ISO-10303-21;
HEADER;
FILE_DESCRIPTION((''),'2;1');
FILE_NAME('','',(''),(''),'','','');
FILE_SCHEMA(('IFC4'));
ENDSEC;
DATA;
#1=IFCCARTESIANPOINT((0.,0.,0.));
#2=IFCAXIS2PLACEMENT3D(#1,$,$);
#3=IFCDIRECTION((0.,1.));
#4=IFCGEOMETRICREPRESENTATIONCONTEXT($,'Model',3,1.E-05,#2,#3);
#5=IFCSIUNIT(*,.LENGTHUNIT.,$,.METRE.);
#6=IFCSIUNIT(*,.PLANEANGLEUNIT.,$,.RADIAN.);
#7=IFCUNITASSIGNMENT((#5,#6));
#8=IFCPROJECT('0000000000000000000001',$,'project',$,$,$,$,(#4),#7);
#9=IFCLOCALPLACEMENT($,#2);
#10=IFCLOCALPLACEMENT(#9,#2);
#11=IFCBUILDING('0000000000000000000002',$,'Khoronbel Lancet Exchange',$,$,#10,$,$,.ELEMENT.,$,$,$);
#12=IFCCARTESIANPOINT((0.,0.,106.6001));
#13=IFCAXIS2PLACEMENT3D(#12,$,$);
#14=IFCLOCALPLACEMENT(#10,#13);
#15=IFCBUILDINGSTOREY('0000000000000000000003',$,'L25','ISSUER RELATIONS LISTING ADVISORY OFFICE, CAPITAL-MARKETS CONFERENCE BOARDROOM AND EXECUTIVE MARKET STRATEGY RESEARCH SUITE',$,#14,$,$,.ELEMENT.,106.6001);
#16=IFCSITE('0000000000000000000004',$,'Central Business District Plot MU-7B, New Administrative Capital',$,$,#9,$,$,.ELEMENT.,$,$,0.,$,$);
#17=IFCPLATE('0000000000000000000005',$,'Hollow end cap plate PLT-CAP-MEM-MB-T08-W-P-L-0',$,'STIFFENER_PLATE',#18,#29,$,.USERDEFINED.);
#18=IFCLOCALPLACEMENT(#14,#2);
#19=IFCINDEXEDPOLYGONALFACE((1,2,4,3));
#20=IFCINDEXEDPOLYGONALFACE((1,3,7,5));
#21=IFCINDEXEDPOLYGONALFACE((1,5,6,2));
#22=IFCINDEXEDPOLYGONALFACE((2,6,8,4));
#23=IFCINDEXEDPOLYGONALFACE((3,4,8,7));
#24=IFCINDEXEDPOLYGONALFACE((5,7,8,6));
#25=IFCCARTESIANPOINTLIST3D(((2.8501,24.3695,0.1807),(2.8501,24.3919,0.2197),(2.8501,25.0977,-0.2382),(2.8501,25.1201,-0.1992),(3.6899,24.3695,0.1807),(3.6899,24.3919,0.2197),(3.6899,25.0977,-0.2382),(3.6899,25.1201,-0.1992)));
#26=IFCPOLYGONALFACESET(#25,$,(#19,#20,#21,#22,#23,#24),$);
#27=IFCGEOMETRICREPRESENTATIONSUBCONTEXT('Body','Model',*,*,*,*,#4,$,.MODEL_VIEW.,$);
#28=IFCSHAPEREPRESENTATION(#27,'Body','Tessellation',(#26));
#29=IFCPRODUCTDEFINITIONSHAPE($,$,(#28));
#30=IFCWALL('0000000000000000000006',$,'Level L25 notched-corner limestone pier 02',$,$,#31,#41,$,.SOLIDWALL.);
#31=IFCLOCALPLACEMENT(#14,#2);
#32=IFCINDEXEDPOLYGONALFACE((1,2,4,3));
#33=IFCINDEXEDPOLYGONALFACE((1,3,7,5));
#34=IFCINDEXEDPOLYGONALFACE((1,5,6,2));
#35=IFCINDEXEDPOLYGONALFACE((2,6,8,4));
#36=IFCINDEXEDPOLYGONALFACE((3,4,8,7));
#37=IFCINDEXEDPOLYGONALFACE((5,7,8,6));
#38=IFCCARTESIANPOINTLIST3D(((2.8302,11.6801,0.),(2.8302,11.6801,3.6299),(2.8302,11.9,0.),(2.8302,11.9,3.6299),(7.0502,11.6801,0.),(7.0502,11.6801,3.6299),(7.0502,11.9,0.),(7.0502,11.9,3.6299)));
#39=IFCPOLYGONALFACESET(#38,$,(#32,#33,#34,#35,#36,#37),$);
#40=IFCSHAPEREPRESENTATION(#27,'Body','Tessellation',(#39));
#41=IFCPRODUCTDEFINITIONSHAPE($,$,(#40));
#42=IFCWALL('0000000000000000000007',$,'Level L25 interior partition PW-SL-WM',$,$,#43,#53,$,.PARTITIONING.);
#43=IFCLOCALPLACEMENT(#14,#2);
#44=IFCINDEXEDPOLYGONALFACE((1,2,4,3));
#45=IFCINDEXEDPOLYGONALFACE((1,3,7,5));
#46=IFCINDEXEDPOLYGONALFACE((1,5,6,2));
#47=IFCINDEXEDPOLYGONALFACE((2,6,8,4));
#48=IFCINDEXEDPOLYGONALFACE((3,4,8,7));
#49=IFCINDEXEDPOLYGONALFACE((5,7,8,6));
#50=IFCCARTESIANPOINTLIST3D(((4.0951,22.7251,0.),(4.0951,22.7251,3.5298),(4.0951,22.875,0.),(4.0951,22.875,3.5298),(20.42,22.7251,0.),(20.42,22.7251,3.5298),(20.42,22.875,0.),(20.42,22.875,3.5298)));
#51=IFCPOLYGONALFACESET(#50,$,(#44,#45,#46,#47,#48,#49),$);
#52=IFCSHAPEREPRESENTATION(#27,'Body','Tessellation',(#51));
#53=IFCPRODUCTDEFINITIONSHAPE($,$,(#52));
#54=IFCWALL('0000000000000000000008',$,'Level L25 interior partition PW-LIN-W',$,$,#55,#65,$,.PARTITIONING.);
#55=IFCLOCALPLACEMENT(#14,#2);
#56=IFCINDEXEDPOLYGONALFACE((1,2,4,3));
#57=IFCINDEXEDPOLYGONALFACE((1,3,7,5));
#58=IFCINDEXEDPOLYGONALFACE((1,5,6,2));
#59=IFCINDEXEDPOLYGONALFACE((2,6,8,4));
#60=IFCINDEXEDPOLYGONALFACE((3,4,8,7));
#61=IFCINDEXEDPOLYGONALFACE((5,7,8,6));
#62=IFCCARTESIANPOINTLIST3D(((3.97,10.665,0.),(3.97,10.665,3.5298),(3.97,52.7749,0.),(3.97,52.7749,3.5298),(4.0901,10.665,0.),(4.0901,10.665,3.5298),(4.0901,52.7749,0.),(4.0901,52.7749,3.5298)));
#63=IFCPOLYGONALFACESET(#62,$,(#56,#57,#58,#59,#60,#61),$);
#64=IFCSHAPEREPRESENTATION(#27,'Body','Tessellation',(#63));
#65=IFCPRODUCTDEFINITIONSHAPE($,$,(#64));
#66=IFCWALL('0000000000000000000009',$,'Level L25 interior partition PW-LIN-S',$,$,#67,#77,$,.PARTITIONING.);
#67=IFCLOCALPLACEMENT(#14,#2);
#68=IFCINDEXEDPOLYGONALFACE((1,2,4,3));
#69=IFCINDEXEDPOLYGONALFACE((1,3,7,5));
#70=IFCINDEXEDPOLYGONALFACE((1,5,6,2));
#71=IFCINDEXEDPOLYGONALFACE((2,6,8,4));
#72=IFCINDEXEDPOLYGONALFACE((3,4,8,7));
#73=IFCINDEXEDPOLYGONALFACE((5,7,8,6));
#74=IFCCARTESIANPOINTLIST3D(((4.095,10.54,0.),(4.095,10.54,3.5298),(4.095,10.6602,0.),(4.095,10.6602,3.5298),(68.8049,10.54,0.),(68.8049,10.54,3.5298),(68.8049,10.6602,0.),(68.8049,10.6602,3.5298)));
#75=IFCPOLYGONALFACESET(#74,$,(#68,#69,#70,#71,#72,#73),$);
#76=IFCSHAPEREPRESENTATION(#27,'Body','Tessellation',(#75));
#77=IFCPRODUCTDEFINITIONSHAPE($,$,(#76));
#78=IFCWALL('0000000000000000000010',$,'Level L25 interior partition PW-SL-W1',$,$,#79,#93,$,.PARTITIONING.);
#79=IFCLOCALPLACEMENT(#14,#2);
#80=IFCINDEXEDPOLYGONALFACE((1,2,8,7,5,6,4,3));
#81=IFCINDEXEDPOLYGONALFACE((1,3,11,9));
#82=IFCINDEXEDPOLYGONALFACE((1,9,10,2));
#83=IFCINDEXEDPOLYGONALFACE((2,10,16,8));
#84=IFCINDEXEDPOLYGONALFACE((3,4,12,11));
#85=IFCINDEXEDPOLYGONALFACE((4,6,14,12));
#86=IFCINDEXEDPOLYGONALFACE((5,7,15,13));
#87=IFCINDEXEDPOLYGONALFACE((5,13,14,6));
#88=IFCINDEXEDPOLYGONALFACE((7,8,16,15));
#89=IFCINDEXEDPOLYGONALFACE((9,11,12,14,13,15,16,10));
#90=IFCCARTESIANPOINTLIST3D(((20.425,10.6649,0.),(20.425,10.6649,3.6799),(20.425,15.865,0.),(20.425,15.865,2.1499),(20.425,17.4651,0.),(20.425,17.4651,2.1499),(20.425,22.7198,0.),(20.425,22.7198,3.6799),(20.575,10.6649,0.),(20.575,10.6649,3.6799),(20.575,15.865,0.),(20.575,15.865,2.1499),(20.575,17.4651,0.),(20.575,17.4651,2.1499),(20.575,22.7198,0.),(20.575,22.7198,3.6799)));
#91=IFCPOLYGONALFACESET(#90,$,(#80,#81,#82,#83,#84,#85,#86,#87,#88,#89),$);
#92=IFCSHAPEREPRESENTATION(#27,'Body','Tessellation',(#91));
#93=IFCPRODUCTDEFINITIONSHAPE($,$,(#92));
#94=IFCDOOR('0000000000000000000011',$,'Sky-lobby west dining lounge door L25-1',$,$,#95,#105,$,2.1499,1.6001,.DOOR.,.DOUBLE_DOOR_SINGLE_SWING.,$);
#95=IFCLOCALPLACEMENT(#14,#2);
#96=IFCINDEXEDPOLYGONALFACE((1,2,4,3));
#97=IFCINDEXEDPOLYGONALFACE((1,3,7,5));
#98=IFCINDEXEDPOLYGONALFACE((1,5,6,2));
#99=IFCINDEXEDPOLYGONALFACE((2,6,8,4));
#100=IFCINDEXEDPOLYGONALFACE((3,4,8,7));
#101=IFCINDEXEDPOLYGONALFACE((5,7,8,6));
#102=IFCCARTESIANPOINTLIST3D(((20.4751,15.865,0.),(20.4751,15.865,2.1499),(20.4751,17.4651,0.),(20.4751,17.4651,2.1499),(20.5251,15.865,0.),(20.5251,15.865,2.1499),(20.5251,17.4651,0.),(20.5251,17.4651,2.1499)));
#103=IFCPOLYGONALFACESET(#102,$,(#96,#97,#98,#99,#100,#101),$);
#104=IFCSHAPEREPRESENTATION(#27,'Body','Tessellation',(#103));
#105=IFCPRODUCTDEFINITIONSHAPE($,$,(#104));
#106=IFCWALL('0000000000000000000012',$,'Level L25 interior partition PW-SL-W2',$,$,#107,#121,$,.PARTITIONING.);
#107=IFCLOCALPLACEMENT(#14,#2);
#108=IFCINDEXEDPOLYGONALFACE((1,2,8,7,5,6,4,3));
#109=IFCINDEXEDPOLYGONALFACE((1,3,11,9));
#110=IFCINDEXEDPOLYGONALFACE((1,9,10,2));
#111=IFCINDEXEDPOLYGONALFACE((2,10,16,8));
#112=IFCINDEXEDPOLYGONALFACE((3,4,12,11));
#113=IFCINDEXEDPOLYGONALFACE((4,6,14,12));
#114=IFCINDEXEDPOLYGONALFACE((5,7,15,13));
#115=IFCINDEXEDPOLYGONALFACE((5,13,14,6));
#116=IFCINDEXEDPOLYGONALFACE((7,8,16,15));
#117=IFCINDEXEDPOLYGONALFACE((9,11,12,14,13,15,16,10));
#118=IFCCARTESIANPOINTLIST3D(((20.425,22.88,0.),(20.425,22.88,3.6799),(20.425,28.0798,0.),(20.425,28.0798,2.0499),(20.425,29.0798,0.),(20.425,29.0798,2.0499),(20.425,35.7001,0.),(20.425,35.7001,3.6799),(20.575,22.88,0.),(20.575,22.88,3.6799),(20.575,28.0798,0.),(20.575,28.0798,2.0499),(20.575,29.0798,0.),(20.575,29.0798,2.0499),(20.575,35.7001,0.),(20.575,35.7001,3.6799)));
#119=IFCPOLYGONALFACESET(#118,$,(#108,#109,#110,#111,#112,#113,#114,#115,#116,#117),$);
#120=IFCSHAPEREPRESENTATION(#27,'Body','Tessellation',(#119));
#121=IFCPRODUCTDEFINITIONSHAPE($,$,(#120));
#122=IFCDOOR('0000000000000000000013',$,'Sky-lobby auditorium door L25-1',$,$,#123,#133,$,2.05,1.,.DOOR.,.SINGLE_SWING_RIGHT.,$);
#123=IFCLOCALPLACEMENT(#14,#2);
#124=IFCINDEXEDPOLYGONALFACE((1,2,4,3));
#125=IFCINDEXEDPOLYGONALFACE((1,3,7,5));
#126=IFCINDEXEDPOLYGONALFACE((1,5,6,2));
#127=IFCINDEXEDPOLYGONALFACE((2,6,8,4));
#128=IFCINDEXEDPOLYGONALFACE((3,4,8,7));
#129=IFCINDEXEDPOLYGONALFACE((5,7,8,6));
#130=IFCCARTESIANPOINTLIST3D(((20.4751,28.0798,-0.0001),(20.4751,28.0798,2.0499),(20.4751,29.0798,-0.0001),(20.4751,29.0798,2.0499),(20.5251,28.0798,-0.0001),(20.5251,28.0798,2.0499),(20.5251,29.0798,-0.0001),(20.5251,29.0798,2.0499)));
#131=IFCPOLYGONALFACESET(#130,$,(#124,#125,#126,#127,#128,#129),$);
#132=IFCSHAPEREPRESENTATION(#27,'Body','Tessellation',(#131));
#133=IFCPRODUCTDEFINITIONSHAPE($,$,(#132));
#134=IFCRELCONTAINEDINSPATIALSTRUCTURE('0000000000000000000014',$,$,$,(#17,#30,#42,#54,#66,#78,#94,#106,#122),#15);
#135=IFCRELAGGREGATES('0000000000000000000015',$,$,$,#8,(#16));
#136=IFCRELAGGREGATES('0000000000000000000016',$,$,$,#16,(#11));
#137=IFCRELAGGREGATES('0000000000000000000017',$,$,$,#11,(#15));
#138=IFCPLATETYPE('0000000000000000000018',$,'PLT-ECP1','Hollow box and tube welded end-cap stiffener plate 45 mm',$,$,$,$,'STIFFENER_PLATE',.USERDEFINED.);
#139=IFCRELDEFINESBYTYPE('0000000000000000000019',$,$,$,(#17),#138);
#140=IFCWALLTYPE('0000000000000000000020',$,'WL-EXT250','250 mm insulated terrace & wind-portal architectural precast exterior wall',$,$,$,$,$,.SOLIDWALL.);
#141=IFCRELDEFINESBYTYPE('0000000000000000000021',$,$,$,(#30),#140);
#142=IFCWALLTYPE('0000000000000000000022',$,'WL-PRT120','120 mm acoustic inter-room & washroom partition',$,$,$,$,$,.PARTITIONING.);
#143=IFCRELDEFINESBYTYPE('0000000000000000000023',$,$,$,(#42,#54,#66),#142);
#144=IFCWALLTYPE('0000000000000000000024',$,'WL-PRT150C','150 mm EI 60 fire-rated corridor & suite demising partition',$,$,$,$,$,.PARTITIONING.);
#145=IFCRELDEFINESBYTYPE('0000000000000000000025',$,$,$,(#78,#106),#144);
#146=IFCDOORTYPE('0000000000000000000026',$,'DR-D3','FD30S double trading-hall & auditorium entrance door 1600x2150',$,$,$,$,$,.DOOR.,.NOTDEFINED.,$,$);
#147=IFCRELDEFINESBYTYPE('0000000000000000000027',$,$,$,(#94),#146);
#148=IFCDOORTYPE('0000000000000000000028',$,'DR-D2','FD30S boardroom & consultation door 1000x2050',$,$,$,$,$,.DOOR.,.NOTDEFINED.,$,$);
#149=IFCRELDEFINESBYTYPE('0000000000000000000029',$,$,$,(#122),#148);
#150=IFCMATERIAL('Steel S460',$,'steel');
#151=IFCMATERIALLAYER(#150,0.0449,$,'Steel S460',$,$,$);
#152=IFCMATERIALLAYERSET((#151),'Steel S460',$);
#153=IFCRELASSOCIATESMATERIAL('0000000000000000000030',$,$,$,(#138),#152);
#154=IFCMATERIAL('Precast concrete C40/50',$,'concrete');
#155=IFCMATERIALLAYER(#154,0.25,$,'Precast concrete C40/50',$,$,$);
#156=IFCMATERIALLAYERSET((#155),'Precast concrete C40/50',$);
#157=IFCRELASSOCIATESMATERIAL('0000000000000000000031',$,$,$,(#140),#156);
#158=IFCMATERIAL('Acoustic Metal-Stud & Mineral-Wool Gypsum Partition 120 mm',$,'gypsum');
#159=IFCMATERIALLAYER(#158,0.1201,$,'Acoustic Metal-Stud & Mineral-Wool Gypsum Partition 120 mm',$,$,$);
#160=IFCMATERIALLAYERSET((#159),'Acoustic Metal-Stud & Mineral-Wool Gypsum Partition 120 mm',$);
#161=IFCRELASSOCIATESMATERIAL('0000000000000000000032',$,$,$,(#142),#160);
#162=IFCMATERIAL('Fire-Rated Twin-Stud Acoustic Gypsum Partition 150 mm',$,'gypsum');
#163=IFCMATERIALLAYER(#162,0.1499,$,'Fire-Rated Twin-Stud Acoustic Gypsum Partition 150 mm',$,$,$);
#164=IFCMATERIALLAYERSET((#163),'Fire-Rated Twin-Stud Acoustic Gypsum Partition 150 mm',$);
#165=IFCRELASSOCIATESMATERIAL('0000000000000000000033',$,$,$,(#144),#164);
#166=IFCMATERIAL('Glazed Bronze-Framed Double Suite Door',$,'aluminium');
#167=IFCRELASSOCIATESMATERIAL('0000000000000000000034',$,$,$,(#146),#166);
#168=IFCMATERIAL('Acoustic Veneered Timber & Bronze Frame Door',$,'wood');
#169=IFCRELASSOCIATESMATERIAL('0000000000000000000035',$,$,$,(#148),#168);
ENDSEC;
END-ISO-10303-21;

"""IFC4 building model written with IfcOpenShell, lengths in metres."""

from ifc_helpers import new_model, si_unit, direction, frame, frame_2d, origin, place, context, subcontext, project, spatial, polyline, rectangle, outline, extrude, material, layer, layer_set, type_object, element, fill, save


model = new_model("IFC4")

# Units and contexts
model_context = context("Model", 3, precision=1e-05, world=origin(), true_north=direction((0.0, 1.0)))
body_context = subcontext(model_context, "Body", "Model", "MODEL_VIEW")
ifc_project = project(units=[si_unit("LENGTHUNIT", "METRE"), si_unit("PLANEANGLEUNIT", "RADIAN")], contexts=[model_context])

# Site, building, storey
site_placement = place(None, origin())
site = spatial("IfcSite", under=ifc_project, at=site_placement, Name="Central Business District Plot MU-7B, New Administrative Capital", CompositionType="ELEMENT", RefElevation=0.0)
building_placement = place(site_placement, origin())
building = spatial("IfcBuilding", under=site, at=building_placement, Name="Khoronbel Lancet Exchange", CompositionType="ELEMENT")
storey_placement = place(building_placement, frame((0.0, 0.0, 106.6001)))
storey = spatial("IfcBuildingStorey", under=building, at=storey_placement, Name="L25", Description="ISSUER RELATIONS LISTING ADVISORY OFFICE, CAPITAL-MARKETS CONFERENCE BOARDROOM AND EXECUTIVE MARKET STRATEGY RESEARCH SUITE", CompositionType="ELEMENT", Elevation=106.6001)

# Shared definitions
ifc_material_1 = material(Name="Steel S460", Category="steel")

# Plate
ifc_layer_1 = layer(ifc_material_1, 0.0449, Name="Steel S460")
ifc_layer_set_1 = layer_set([ifc_layer_1], Name="Steel S460")
plate_type = type_object("IfcPlateType", Name="PLT-ECP1", Description="Hollow box and tube welded end-cap stiffener plate 45 mm", ElementType="STIFFENER_PLATE", PredefinedType="USERDEFINED", material=ifc_layer_set_1)
for number, where, z_axis, x_axis, name in (
    (1, (3.6899, 25.1201, -0.1992), (0.0, 0.49864, 0.866809), (-1.0, 0.0, 0.0), "Hollow end cap plate PLT-CAP-MEM-MB-T08-W-P-L-0"),
):
    element("IfcPlate", number, at=place(storey_placement, frame(where, z_axis=z_axis, x_axis=x_axis)), inside=storey, type_object=plate_type, Name=name, ObjectType="STIFFENER_PLATE", PredefinedType="USERDEFINED", context=body_context, shape_type="SweptSolid", body=[
        extrude(outline(polyline([(0.0, 0.0), (0.8398, 0.0), (0.8398, 0.8401), (0.0, 0.8401), (0.0, 0.0)])), origin(), (0.0, 0.0, -1.0), 0.0449),
    ])

# Walls
ifc_material_2 = material(Name="Precast concrete C40/50", Category="concrete")
ifc_layer_2 = layer(ifc_material_2, 0.25, Name="Precast concrete C40/50")
ifc_layer_set_2 = layer_set([ifc_layer_2], Name="Precast concrete C40/50")
wall_type_1 = type_object("IfcWallType", Name="WL-EXT250", Description="250 mm insulated terrace & wind-portal architectural precast exterior wall", PredefinedType="SOLIDWALL", material=ifc_layer_set_2)
wall_1_placement = place(storey_placement, frame((7.05, 11.79, 0.0), z_axis=(0.0, 0.0, 1.0), x_axis=(-1.0, 0.0, 0.0)))
element("IfcWall", 2, at=wall_1_placement, inside=storey, type_object=wall_type_1, Name="Level L25 notched-corner limestone pier 02", PredefinedType="SOLIDWALL", context=body_context, shape_type="SweptSolid", body=[
    extrude(rectangle(XDim=4.22, YDim=0.22, at=frame_2d((2.1099, 0.0))), origin(), (0.0, 0.0, 1.0), 3.6299),
])
ifc_material_3 = material(Name="Acoustic Metal-Stud & Mineral-Wool Gypsum Partition 120 mm", Category="gypsum")
ifc_layer_3 = layer(ifc_material_3, 0.1201, Name="Acoustic Metal-Stud & Mineral-Wool Gypsum Partition 120 mm")
ifc_layer_set_3 = layer_set([ifc_layer_3], Name="Acoustic Metal-Stud & Mineral-Wool Gypsum Partition 120 mm")
wall_type_2 = type_object("IfcWallType", Name="WL-PRT120", Description="120 mm acoustic inter-room & washroom partition", PredefinedType="PARTITIONING", material=ifc_layer_set_3)
wall_2_placement = place(storey_placement, frame((4.095, 22.8, 0.0), z_axis=(0.0, 0.0, 1.0), x_axis=(1.0, 0.0, 0.0)))
element("IfcWall", 3, at=wall_2_placement, inside=storey, type_object=wall_type_2, Name="Level L25 interior partition PW-SL-WM", PredefinedType="PARTITIONING", context=body_context, shape_type="SweptSolid", body=[
    extrude(rectangle(XDim=16.325, YDim=0.1499, at=frame_2d((8.1626, 0.0))), origin(), (0.0, 0.0, 1.0), 3.5298),
])
wall_3_placement = place(storey_placement, frame((4.03, 10.665, 0.0), z_axis=(0.0, 0.0, 1.0), x_axis=(0.0, 1.0, 0.0)))
element("IfcWall", 4, at=wall_3_placement, inside=storey, type_object=wall_type_2, Name="Level L25 interior partition PW-LIN-W", PredefinedType="PARTITIONING", context=body_context, shape_type="SweptSolid", body=[
    extrude(rectangle(XDim=42.1099, YDim=0.1201, at=frame_2d((21.0549, 0.0))), origin(), (0.0, 0.0, 1.0), 3.5298),
])
wall_4_placement = place(storey_placement, frame((4.095, 10.6001, 0.0), z_axis=(0.0, 0.0, 1.0), x_axis=(1.0, 0.0, 0.0)))
element("IfcWall", 5, at=wall_4_placement, inside=storey, type_object=wall_type_2, Name="Level L25 interior partition PW-LIN-S", PredefinedType="PARTITIONING", context=body_context, shape_type="SweptSolid", body=[
    extrude(rectangle(XDim=64.71, YDim=0.1201, at=frame_2d((32.355, 0.0))), origin(), (0.0, 0.0, 1.0), 3.5298),
])

# Walls, openings, doors
ifc_material_4 = material(Name="Fire-Rated Twin-Stud Acoustic Gypsum Partition 150 mm", Category="gypsum")
ifc_layer_4 = layer(ifc_material_4, 0.1499, Name="Fire-Rated Twin-Stud Acoustic Gypsum Partition 150 mm")
ifc_layer_set_4 = layer_set([ifc_layer_4], Name="Fire-Rated Twin-Stud Acoustic Gypsum Partition 150 mm")
wall_type_3 = type_object("IfcWallType", Name="WL-PRT150C", Description="150 mm EI 60 fire-rated corridor & suite demising partition", PredefinedType="PARTITIONING", material=ifc_layer_set_4)
wall_5_placement = place(storey_placement, frame((20.5, 10.665, 0.0), z_axis=(0.0, 0.0, 1.0), x_axis=(0.0, 1.0, 0.0)))
wall_5 = element("IfcWall", 6, at=wall_5_placement, inside=storey, type_object=wall_type_3, Name="Level L25 interior partition PW-SL-W1", PredefinedType="PARTITIONING", context=body_context, shape_type="SweptSolid", body=[
    extrude(rectangle(XDim=12.0549, YDim=0.1499, at=frame_2d((6.0273, 0.0))), origin(), (0.0, 0.0, 1.0), 3.6799),
])
opening_1_placement = place(wall_5_placement, frame((5.2, 0.0, 0.0)))
opening_1 = element("IfcOpeningElement", 7, at=opening_1_placement, cuts=wall_5, PredefinedType="OPENING", context=body_context, shape_type="SweptSolid", body=[
    extrude(rectangle(XDim=1.6001, YDim=2.1499, at=frame_2d((0.8, 1.075))), frame((0.0, 0.085, 0.0), z_axis=(0.0, -1.0, 0.0), x_axis=(1.0, 0.0, 0.0)), (0.0, 0.0, 1.0), 0.1699),
])
ifc_material_5 = material(Name="Glazed Bronze-Framed Double Suite Door", Category="aluminium")
door_type_1 = type_object("IfcDoorType", Name="DR-D3", Description="FD30S double trading-hall & auditorium entrance door 1600x2150", OperationType="NOTDEFINED", PredefinedType="DOOR", material=ifc_material_5)
door_1_placement = place(opening_1_placement, origin())
door_1 = element("IfcDoor", 8, at=door_1_placement, inside=storey, type_object=door_type_1, Name="Sky-lobby west dining lounge door L25-1", OperationType="DOUBLE_DOOR_SINGLE_SWING", OverallHeight=2.1499, OverallWidth=1.6001, PredefinedType="DOOR", context=body_context, shape_type="SweptSolid", body=[
    extrude(rectangle(XDim=1.6001, YDim=2.1499, at=frame_2d((0.8, 1.075))), frame((0.0, 0.0249, 0.0), z_axis=(0.0, -1.0, 0.0), x_axis=(1.0, 0.0, 0.0)), (0.0, 0.0, 1.0), 0.05),
])
fill(opening_1, door_1)
wall_6_placement = place(storey_placement, frame((20.5, 22.8799, 0.0), z_axis=(0.0, 0.0, 1.0), x_axis=(0.0, 1.0, 0.0)))
wall_6 = element("IfcWall", 9, at=wall_6_placement, inside=storey, type_object=wall_type_3, Name="Level L25 interior partition PW-SL-W2", PredefinedType="PARTITIONING", context=body_context, shape_type="SweptSolid", body=[
    extrude(rectangle(XDim=12.8201, YDim=0.1499, at=frame_2d((6.4102, 0.0))), origin(), (0.0, 0.0, 1.0), 3.6799),
])
opening_2_placement = place(wall_6_placement, frame((5.2, 0.0, 0.0)))
opening_2 = element("IfcOpeningElement", 10, at=opening_2_placement, cuts=wall_6, PredefinedType="OPENING", context=body_context, shape_type="SweptSolid", body=[
    extrude(rectangle(XDim=1.0, YDim=2.05, at=frame_2d((0.5, 1.0249))), frame((0.0, 0.085, 0.0), z_axis=(0.0, -1.0, 0.0), x_axis=(1.0, 0.0, 0.0)), (0.0, 0.0, 1.0), 0.1699),
])
ifc_material_6 = material(Name="Acoustic Veneered Timber & Bronze Frame Door", Category="wood")
door_type_2 = type_object("IfcDoorType", Name="DR-D2", Description="FD30S boardroom & consultation door 1000x2050", OperationType="NOTDEFINED", PredefinedType="DOOR", material=ifc_material_6)
door_2_placement = place(opening_2_placement, origin())
door_2 = element("IfcDoor", 11, at=door_2_placement, inside=storey, type_object=door_type_2, Name="Sky-lobby auditorium door L25-1", OperationType="SINGLE_SWING_RIGHT", OverallHeight=2.05, OverallWidth=1.0, PredefinedType="DOOR", context=body_context, shape_type="SweptSolid", body=[
    extrude(rectangle(XDim=1.0, YDim=2.05, at=frame_2d((0.5, 1.0249))), frame((0.0, 0.0249, 0.0), z_axis=(0.0, -1.0, 0.0), x_axis=(1.0, 0.0, 0.0)), (0.0, 0.0, 1.0), 0.05),
])
fill(opening_2, door_2)

save(model, "model.ifc")
